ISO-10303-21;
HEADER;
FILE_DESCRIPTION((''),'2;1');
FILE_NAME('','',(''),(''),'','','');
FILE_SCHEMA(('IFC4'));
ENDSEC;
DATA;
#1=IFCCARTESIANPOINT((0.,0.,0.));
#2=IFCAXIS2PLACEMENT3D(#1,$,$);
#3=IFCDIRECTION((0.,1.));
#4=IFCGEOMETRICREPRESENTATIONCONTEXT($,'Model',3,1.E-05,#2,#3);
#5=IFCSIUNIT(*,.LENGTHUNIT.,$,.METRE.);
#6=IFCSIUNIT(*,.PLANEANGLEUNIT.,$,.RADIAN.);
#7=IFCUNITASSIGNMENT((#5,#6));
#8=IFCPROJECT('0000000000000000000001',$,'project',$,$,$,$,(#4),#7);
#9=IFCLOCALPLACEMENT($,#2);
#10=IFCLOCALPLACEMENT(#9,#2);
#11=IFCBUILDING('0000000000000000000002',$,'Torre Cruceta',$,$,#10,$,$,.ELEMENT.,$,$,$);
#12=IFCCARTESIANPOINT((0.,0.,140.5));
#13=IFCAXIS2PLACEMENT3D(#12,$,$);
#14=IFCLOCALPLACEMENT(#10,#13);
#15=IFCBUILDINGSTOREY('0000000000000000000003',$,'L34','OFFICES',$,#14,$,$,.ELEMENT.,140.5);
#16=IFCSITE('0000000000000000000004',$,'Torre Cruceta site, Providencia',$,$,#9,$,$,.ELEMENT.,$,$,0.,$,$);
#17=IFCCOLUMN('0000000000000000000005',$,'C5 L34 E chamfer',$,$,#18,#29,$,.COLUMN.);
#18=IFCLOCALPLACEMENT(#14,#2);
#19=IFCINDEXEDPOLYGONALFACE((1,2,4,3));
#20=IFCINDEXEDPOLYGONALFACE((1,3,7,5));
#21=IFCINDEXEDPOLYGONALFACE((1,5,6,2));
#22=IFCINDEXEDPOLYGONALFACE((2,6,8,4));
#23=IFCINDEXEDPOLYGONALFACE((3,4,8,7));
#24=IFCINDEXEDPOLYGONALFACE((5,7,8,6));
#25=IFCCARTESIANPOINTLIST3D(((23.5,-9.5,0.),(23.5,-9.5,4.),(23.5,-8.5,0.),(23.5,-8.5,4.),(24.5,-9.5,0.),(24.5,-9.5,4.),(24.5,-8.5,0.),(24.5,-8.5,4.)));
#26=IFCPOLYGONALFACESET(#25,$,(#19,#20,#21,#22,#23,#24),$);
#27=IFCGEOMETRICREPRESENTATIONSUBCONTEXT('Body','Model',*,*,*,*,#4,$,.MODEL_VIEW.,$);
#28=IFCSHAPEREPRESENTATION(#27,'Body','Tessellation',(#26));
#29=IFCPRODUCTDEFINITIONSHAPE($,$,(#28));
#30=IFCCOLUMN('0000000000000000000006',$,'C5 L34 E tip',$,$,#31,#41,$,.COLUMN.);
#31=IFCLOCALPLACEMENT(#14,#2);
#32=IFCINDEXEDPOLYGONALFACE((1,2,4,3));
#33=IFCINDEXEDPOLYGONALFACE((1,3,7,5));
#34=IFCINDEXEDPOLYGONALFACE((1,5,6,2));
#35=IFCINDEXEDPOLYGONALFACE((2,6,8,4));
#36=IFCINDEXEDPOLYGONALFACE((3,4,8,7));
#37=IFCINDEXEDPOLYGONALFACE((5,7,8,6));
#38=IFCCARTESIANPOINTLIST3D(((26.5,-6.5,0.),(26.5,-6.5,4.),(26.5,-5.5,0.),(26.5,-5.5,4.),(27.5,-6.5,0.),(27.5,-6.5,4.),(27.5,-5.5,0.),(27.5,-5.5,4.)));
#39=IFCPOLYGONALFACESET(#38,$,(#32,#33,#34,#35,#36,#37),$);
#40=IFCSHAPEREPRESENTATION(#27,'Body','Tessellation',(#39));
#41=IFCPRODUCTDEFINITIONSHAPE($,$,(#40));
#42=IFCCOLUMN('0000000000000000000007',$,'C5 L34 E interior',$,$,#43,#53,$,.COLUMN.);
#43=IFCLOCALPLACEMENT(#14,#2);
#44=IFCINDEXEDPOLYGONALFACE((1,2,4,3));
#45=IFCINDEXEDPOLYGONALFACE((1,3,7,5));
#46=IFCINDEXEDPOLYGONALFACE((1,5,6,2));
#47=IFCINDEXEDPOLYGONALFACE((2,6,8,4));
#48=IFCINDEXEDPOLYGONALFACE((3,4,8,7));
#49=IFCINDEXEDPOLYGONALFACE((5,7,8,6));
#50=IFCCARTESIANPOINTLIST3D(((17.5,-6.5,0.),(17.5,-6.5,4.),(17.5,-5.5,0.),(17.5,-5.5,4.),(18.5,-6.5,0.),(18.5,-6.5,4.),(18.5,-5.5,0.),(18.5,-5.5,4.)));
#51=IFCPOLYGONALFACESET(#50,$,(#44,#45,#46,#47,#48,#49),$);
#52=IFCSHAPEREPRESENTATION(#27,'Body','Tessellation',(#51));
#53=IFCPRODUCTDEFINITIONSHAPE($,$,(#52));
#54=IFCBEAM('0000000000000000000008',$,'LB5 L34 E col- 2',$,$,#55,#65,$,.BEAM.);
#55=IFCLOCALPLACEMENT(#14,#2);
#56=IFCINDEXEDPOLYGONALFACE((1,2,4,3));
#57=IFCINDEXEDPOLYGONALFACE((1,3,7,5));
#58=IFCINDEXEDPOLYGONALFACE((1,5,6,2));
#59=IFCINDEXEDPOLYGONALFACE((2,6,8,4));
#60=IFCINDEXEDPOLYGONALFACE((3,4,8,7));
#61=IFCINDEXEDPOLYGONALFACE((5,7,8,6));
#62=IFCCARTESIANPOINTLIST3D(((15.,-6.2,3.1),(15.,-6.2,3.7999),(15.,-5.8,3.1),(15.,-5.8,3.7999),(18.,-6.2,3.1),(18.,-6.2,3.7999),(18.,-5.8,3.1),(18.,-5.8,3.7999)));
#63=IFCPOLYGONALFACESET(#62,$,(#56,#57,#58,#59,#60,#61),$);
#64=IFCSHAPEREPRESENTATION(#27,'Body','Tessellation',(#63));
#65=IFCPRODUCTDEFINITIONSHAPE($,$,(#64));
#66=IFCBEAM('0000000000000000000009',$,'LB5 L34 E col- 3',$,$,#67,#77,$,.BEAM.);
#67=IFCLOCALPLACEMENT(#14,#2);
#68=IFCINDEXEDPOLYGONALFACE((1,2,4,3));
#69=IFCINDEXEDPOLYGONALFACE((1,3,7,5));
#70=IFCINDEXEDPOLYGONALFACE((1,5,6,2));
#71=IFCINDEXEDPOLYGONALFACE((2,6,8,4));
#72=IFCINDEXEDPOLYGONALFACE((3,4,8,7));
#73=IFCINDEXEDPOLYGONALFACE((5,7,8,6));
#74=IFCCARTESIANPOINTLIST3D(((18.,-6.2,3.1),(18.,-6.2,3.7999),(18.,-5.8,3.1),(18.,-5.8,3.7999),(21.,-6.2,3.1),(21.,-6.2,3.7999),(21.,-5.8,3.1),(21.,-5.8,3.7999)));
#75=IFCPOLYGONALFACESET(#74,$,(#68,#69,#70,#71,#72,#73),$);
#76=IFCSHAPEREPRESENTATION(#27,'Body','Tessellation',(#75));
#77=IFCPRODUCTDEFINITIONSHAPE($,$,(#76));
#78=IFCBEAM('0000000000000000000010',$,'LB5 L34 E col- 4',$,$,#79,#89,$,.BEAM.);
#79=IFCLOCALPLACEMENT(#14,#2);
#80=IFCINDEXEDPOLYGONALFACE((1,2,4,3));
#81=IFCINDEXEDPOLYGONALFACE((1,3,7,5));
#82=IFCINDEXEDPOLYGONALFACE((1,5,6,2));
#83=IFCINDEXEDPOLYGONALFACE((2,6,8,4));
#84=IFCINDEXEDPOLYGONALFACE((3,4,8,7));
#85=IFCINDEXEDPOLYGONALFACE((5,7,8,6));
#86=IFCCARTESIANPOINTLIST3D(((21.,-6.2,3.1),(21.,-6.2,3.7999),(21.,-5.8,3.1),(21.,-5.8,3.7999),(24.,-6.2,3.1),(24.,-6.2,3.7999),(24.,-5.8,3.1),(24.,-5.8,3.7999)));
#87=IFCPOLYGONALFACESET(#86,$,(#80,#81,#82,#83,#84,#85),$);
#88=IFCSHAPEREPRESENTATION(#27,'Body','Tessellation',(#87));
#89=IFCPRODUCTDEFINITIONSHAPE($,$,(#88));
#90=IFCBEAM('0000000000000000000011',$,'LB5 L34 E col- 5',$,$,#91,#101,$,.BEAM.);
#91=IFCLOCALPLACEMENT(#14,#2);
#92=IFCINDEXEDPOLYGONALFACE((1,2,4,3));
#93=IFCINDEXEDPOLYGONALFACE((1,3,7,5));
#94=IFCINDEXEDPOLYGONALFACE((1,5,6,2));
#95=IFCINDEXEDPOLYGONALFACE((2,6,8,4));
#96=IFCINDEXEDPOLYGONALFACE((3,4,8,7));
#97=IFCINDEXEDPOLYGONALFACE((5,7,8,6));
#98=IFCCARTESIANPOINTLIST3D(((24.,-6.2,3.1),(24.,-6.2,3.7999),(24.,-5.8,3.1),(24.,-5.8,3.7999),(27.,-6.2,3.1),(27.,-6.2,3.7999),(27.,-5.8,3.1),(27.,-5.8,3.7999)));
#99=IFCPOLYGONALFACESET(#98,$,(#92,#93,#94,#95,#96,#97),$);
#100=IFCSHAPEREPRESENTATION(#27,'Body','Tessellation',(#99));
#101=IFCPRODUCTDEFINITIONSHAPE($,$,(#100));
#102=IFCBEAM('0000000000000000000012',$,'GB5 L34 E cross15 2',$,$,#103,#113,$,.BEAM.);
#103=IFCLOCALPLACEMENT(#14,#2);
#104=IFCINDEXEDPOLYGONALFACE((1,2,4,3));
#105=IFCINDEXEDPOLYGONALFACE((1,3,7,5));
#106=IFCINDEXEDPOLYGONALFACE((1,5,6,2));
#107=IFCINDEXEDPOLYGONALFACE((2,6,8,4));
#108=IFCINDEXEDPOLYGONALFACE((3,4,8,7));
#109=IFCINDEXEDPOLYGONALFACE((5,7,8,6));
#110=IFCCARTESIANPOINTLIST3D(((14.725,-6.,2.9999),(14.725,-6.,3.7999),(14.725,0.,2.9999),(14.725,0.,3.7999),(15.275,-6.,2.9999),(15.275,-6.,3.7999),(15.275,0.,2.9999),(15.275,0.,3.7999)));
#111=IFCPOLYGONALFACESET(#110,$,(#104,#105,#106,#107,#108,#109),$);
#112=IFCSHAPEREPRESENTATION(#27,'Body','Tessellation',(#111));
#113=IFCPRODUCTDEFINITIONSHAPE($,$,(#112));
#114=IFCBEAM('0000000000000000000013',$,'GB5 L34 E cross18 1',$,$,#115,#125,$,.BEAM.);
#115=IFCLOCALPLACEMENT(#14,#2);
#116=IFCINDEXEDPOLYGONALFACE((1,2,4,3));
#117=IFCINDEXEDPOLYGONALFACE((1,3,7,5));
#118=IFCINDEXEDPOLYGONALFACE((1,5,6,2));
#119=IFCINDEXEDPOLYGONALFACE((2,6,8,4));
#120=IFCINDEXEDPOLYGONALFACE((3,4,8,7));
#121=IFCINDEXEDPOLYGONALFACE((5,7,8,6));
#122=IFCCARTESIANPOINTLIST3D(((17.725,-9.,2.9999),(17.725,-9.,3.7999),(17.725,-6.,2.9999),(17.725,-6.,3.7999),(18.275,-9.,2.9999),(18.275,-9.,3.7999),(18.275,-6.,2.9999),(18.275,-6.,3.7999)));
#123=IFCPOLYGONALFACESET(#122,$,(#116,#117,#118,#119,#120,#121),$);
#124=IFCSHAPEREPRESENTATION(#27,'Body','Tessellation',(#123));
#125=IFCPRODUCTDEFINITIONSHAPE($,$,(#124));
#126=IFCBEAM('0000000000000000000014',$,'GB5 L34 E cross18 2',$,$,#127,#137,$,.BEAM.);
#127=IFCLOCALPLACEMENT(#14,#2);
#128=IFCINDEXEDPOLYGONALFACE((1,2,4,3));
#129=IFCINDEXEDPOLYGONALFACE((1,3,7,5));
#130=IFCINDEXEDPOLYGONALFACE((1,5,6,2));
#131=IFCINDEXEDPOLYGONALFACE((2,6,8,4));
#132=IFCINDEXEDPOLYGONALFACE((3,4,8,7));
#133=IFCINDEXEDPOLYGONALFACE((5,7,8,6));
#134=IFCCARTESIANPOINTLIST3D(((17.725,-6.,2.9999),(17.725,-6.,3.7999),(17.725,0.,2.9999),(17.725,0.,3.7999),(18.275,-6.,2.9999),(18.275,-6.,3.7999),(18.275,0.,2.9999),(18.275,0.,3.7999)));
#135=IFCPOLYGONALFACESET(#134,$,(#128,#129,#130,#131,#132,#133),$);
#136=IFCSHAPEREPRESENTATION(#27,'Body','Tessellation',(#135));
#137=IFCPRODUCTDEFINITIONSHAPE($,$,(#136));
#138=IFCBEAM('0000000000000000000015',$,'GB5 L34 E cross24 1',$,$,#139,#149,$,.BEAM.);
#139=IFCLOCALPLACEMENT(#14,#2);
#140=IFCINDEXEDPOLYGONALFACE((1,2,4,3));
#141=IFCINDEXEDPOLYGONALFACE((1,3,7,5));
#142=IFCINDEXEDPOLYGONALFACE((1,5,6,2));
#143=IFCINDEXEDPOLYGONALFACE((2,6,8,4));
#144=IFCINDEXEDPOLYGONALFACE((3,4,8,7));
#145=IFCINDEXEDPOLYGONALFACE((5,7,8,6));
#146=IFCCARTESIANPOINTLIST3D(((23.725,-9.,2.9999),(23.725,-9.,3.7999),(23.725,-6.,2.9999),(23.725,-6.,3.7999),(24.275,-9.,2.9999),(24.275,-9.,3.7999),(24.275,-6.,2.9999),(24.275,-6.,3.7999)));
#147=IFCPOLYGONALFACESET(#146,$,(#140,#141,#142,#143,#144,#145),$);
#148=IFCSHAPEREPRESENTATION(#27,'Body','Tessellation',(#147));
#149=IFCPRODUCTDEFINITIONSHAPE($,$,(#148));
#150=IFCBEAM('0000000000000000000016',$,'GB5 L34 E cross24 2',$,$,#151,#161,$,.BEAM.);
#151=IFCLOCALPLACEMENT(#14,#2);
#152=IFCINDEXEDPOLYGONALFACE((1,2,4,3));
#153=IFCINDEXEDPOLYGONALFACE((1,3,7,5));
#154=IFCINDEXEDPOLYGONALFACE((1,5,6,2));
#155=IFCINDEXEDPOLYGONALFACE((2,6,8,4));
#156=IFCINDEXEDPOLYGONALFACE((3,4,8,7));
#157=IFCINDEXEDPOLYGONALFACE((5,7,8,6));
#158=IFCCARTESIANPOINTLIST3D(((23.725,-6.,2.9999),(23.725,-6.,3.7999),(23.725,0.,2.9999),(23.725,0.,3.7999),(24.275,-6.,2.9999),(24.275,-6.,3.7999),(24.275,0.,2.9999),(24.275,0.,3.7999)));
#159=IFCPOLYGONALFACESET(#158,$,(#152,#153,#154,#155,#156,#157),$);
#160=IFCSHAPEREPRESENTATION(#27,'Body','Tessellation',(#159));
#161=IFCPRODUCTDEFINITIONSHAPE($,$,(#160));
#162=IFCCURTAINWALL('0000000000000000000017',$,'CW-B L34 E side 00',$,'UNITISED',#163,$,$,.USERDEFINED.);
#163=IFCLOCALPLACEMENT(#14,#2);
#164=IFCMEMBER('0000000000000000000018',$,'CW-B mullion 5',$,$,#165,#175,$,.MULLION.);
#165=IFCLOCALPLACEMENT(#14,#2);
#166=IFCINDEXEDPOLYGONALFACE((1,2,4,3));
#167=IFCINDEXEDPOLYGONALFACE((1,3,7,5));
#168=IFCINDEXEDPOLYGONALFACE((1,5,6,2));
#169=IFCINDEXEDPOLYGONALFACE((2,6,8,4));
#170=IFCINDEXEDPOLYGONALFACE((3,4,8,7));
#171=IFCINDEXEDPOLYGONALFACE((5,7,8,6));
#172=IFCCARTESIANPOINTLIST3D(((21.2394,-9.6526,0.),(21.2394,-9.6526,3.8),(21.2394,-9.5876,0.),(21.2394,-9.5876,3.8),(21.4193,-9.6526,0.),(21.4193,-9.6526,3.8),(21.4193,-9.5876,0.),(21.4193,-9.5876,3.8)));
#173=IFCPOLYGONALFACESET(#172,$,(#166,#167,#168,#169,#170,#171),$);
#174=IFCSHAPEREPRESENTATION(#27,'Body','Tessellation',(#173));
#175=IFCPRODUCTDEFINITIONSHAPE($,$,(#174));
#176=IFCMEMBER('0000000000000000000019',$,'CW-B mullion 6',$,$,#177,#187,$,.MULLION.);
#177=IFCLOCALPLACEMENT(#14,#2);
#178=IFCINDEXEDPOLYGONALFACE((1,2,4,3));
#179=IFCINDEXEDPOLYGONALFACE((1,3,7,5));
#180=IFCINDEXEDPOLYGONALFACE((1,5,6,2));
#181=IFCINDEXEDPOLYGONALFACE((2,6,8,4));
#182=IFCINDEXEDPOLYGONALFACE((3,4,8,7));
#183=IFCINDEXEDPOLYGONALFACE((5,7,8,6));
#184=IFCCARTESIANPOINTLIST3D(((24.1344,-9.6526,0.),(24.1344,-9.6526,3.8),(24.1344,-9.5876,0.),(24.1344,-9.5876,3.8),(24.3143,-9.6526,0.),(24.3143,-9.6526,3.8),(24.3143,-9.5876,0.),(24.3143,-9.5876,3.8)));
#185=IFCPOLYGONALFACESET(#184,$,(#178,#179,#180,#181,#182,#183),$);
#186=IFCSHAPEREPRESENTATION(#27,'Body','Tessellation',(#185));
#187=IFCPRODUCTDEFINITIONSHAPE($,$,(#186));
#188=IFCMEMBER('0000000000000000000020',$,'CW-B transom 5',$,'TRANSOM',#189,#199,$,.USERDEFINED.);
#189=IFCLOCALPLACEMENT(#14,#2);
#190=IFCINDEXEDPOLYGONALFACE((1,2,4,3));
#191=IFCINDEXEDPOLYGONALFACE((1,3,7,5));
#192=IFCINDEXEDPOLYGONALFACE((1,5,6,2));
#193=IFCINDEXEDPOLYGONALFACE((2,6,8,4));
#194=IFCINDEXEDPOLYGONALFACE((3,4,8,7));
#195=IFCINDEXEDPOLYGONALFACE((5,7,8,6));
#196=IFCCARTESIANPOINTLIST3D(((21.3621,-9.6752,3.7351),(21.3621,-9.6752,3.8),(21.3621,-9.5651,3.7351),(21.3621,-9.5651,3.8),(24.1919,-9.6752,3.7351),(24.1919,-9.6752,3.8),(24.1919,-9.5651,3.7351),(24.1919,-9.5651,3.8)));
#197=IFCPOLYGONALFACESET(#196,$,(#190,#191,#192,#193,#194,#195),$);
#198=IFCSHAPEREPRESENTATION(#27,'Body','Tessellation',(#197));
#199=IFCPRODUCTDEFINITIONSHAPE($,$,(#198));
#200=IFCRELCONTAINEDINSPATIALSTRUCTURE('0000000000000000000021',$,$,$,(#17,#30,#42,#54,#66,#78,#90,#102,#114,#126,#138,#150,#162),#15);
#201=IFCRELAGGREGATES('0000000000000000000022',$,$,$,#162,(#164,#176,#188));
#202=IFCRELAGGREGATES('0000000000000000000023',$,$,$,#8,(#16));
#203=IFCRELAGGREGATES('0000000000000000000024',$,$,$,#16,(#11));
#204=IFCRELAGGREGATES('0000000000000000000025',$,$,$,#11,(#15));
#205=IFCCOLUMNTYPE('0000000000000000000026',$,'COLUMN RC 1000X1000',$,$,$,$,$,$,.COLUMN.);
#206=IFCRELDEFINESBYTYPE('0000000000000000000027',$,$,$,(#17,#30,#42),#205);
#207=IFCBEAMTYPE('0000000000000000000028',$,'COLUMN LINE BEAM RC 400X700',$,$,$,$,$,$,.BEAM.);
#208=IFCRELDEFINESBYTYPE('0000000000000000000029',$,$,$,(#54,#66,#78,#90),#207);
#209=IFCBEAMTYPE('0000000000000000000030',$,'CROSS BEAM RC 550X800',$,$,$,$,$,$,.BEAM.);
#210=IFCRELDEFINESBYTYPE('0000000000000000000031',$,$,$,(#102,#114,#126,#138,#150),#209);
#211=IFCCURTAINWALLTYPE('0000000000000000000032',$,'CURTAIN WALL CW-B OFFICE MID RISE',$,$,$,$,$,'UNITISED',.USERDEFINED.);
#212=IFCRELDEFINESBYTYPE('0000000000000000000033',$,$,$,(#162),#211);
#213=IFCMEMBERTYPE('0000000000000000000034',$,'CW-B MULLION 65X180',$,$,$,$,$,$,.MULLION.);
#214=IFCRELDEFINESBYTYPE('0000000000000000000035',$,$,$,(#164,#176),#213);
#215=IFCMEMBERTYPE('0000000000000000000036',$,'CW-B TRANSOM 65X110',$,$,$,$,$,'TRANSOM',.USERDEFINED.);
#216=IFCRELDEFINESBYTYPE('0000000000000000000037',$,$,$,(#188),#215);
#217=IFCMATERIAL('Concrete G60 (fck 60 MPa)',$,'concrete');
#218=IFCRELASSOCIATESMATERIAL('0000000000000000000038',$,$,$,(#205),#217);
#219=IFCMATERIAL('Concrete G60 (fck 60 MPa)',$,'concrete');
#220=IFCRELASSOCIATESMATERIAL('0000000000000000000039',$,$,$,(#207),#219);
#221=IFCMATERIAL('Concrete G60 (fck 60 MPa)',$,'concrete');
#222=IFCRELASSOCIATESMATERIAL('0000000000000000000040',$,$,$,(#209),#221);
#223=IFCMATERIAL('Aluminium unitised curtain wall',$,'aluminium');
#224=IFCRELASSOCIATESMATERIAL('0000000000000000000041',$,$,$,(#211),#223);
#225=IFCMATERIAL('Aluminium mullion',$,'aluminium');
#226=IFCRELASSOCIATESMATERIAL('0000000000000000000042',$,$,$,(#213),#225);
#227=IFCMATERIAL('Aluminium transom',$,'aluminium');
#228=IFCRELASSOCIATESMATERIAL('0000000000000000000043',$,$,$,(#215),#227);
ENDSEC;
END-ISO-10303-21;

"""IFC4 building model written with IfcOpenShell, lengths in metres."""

from ifc_helpers import new_model, si_unit, direction, frame, origin, origin_2d, place, context, subcontext, project, spatial, rectangle, extrude, material, material_profile, profile_set, type_object, element, aggregate, save


model = new_model("IFC4")

# Units and contexts
model_context = context("Model", 3, precision=1e-05, world=origin(), true_north=direction((0.0, 1.0)))
body_context = subcontext(model_context, "Body", "Model", "MODEL_VIEW")
ifc_project = project(units=[si_unit("LENGTHUNIT", "METRE"), si_unit("PLANEANGLEUNIT", "RADIAN")], contexts=[model_context])

# Site, building, storey
site_placement = place(None, origin())
site = spatial("IfcSite", under=ifc_project, at=site_placement, Name="Torre Cruceta site, Providencia", CompositionType="ELEMENT", RefElevation=0.0)
building_placement = place(site_placement, origin())
building = spatial("IfcBuilding", under=site, at=building_placement, Name="Torre Cruceta", CompositionType="ELEMENT")
storey_placement = place(building_placement, frame((0.0, 0.0, 140.5)))
storey = spatial("IfcBuildingStorey", under=building, at=storey_placement, Name="L34", Description="OFFICES", CompositionType="ELEMENT", Elevation=140.5)

# Columns
ifc_material_1 = material(Name="Concrete G60 (fck 60 MPa)", Category="concrete")
ifc_material_profile_1 = material_profile(ifc_material_1, rectangle(XDim=1.0, YDim=1.0, at=origin_2d()), Name="RC 1000X1000")
ifc_profile_set_1 = profile_set([ifc_material_profile_1], Name="Concrete G60 (fck 60 MPa)")
column_type = type_object("IfcColumnType", Name="COLUMN RC 1000X1000", PredefinedType="COLUMN", material=ifc_profile_set_1)
for number, where, z_axis, x_axis, name in (
    (1, (24.0, -9.0, 0.0), (0.0, 0.0, 1.0), (1.0, 0.0, 0.0), "C5 L34 E chamfer"),
    (2, (27.0, -6.0, 0.0), (0.0, 0.0, 1.0), (1.0, 0.0, 0.0), "C5 L34 E tip"),
    (3, (18.0, -6.0, 0.0), (0.0, 0.0, 1.0), (1.0, 0.0, 0.0), "C5 L34 E interior"),
):
    element("IfcColumn", number, at=place(storey_placement, frame(where, z_axis=z_axis, x_axis=x_axis)), inside=storey, type_object=column_type, Name=name, PredefinedType="COLUMN", context=body_context, shape_type="SweptSolid", body=[
        extrude(rectangle(XDim=1.0, YDim=1.0, at=origin_2d()), origin(), (0.0, 0.0, 1.0), 4.0),
    ])

# Beams
ifc_material_2 = material(Name="Concrete G60 (fck 60 MPa)", Category="concrete")
ifc_material_profile_2 = material_profile(ifc_material_2, rectangle(XDim=0.3999, YDim=0.7, at=origin_2d()), Name="RC 400X700")
ifc_profile_set_2 = profile_set([ifc_material_profile_2], Name="Concrete G60 (fck 60 MPa)")
beam_type_1 = type_object("IfcBeamType", Name="COLUMN LINE BEAM RC 400X700", PredefinedType="BEAM", material=ifc_profile_set_2)
for number, where, z_axis, x_axis, name in (
    (4, (15.0, -6.0, 3.45), (1.0, 0.0, 0.0), (0.0, 1.0, 0.0), "LB5 L34 E col- 2"),
    (5, (18.0, -6.0, 3.45), (1.0, 0.0, 0.0), (0.0, 1.0, 0.0), "LB5 L34 E col- 3"),
    (6, (21.0, -6.0, 3.45), (1.0, 0.0, 0.0), (0.0, 1.0, 0.0), "LB5 L34 E col- 4"),
    (7, (24.0, -6.0, 3.45), (1.0, 0.0, 0.0), (0.0, 1.0, 0.0), "LB5 L34 E col- 5"),
):
    element("IfcBeam", number, at=place(storey_placement, frame(where, z_axis=z_axis, x_axis=x_axis)), inside=storey, type_object=beam_type_1, Name=name, PredefinedType="BEAM", context=body_context, shape_type="SweptSolid", body=[
        extrude(rectangle(XDim=0.3999, YDim=0.7, at=origin_2d()), origin(), (0.0, 0.0, 1.0), 3.0),
    ])
ifc_material_3 = material(Name="Concrete G60 (fck 60 MPa)", Category="concrete")
ifc_material_profile_3 = material_profile(ifc_material_3, rectangle(XDim=0.55, YDim=0.8, at=origin_2d()), Name="RC 550X800")
ifc_profile_set_3 = profile_set([ifc_material_profile_3], Name="Concrete G60 (fck 60 MPa)")
beam_type_2 = type_object("IfcBeamType", Name="CROSS BEAM RC 550X800", PredefinedType="BEAM", material=ifc_profile_set_3)
beam_1_placement = place(storey_placement, frame((15.0, -6.0, 3.3999), z_axis=(0.0, 1.0, 0.0), x_axis=(-1.0, 0.0, 0.0)))
element("IfcBeam", 8, at=beam_1_placement, inside=storey, type_object=beam_type_2, Name="GB5 L34 E cross15 2", PredefinedType="BEAM", context=body_context, shape_type="SweptSolid", body=[
    extrude(rectangle(XDim=0.55, YDim=0.8, at=origin_2d()), origin(), (0.0, 0.0, 1.0), 6.0),
])
beam_2_placement = place(storey_placement, frame((18.0, -9.0, 3.3999), z_axis=(0.0, 1.0, 0.0), x_axis=(-1.0, 0.0, 0.0)))
element("IfcBeam", 9, at=beam_2_placement, inside=storey, type_object=beam_type_2, Name="GB5 L34 E cross18 1", PredefinedType="BEAM", context=body_context, shape_type="SweptSolid", body=[
    extrude(rectangle(XDim=0.55, YDim=0.8, at=origin_2d()), origin(), (0.0, 0.0, 1.0), 3.0),
])
beam_3_placement = place(storey_placement, frame((18.0, -6.0, 3.3999), z_axis=(0.0, 1.0, 0.0), x_axis=(-1.0, 0.0, 0.0)))
element("IfcBeam", 10, at=beam_3_placement, inside=storey, type_object=beam_type_2, Name="GB5 L34 E cross18 2", PredefinedType="BEAM", context=body_context, shape_type="SweptSolid", body=[
    extrude(rectangle(XDim=0.55, YDim=0.8, at=origin_2d()), origin(), (0.0, 0.0, 1.0), 6.0),
])
beam_4_placement = place(storey_placement, frame((24.0, -9.0, 3.3999), z_axis=(0.0, 1.0, 0.0), x_axis=(-1.0, 0.0, 0.0)))
element("IfcBeam", 11, at=beam_4_placement, inside=storey, type_object=beam_type_2, Name="GB5 L34 E cross24 1", PredefinedType="BEAM", context=body_context, shape_type="SweptSolid", body=[
    extrude(rectangle(XDim=0.55, YDim=0.8, at=origin_2d()), origin(), (0.0, 0.0, 1.0), 3.0),
])
beam_5_placement = place(storey_placement, frame((24.0, -6.0, 3.3999), z_axis=(0.0, 1.0, 0.0), x_axis=(-1.0, 0.0, 0.0)))
element("IfcBeam", 12, at=beam_5_placement, inside=storey, type_object=beam_type_2, Name="GB5 L34 E cross24 2", PredefinedType="BEAM", context=body_context, shape_type="SweptSolid", body=[
    extrude(rectangle(XDim=0.55, YDim=0.8, at=origin_2d()), origin(), (0.0, 0.0, 1.0), 6.0),
])

# Curtain wall, members
ifc_material_4 = material(Name="Aluminium unitised curtain wall", Category="aluminium")
curtain_wall_type = type_object("IfcCurtainWallType", Name="CURTAIN WALL CW-B OFFICE MID RISE", ElementType="UNITISED", PredefinedType="USERDEFINED", material=ifc_material_4)
curtain_wall_placement = place(storey_placement, origin())
curtain_wall = element("IfcCurtainWall", 13, at=curtain_wall_placement, inside=storey, type_object=curtain_wall_type, Name="CW-B L34 E side 00", ObjectType="UNITISED", PredefinedType="USERDEFINED")
ifc_material_5 = material(Name="Aluminium mullion", Category="aluminium")
ifc_material_profile_4 = material_profile(ifc_material_5, rectangle(XDim=0.0649, YDim=0.1799, at=origin_2d()), Name="AL 65X180")
ifc_profile_set_4 = profile_set([ifc_material_profile_4], Name="Aluminium mullion")
member_type_1 = type_object("IfcMemberType", Name="CW-B MULLION 65X180", PredefinedType="MULLION", material=ifc_profile_set_4)
member_1_placement = place(storey_placement, frame((21.3293, -9.6201, 0.0), z_axis=(0.0, 0.0, 1.0), x_axis=(0.0, 1.0, 0.0)))
member_1 = element("IfcMember", 14, at=member_1_placement, type_object=member_type_1, Name="CW-B mullion 5", PredefinedType="MULLION", context=body_context, shape_type="SweptSolid", body=[
    extrude(rectangle(XDim=0.0649, YDim=0.1799, at=origin_2d()), origin(), (0.0, 0.0, 1.0), 3.8),
])
member_2_placement = place(storey_placement, frame((24.2244, -9.6201, 0.0), z_axis=(0.0, 0.0, 1.0), x_axis=(0.0, 1.0, 0.0)))
member_2 = element("IfcMember", 15, at=member_2_placement, type_object=member_type_1, Name="CW-B mullion 6", PredefinedType="MULLION", context=body_context, shape_type="SweptSolid", body=[
    extrude(rectangle(XDim=0.0649, YDim=0.1799, at=origin_2d()), origin(), (0.0, 0.0, 1.0), 3.8),
])
ifc_material_6 = material(Name="Aluminium transom", Category="aluminium")
ifc_material_profile_5 = material_profile(ifc_material_6, rectangle(XDim=0.1101, YDim=0.0649, at=origin_2d()), Name="AL 110X65")
ifc_profile_set_5 = profile_set([ifc_material_profile_5], Name="Aluminium transom")
member_type_2 = type_object("IfcMemberType", Name="CW-B TRANSOM 65X110", ElementType="TRANSOM", PredefinedType="USERDEFINED", material=ifc_profile_set_5)
member_3_placement = place(storey_placement, frame((21.3621, -9.6201, 3.7676), z_axis=(1.0, 0.0, 0.0), x_axis=(0.0, 1.0, 0.0)))
member_3 = element("IfcMember", 16, at=member_3_placement, type_object=member_type_2, Name="CW-B transom 5", ObjectType="TRANSOM", PredefinedType="USERDEFINED", context=body_context, shape_type="SweptSolid", body=[
    extrude(rectangle(XDim=0.1101, YDim=0.0649, at=origin_2d()), origin(), (0.0, 0.0, 1.0), 2.8298),
])

aggregate(curtain_wall, [member_1, member_2, member_3])

save(model, "model.ifc")
